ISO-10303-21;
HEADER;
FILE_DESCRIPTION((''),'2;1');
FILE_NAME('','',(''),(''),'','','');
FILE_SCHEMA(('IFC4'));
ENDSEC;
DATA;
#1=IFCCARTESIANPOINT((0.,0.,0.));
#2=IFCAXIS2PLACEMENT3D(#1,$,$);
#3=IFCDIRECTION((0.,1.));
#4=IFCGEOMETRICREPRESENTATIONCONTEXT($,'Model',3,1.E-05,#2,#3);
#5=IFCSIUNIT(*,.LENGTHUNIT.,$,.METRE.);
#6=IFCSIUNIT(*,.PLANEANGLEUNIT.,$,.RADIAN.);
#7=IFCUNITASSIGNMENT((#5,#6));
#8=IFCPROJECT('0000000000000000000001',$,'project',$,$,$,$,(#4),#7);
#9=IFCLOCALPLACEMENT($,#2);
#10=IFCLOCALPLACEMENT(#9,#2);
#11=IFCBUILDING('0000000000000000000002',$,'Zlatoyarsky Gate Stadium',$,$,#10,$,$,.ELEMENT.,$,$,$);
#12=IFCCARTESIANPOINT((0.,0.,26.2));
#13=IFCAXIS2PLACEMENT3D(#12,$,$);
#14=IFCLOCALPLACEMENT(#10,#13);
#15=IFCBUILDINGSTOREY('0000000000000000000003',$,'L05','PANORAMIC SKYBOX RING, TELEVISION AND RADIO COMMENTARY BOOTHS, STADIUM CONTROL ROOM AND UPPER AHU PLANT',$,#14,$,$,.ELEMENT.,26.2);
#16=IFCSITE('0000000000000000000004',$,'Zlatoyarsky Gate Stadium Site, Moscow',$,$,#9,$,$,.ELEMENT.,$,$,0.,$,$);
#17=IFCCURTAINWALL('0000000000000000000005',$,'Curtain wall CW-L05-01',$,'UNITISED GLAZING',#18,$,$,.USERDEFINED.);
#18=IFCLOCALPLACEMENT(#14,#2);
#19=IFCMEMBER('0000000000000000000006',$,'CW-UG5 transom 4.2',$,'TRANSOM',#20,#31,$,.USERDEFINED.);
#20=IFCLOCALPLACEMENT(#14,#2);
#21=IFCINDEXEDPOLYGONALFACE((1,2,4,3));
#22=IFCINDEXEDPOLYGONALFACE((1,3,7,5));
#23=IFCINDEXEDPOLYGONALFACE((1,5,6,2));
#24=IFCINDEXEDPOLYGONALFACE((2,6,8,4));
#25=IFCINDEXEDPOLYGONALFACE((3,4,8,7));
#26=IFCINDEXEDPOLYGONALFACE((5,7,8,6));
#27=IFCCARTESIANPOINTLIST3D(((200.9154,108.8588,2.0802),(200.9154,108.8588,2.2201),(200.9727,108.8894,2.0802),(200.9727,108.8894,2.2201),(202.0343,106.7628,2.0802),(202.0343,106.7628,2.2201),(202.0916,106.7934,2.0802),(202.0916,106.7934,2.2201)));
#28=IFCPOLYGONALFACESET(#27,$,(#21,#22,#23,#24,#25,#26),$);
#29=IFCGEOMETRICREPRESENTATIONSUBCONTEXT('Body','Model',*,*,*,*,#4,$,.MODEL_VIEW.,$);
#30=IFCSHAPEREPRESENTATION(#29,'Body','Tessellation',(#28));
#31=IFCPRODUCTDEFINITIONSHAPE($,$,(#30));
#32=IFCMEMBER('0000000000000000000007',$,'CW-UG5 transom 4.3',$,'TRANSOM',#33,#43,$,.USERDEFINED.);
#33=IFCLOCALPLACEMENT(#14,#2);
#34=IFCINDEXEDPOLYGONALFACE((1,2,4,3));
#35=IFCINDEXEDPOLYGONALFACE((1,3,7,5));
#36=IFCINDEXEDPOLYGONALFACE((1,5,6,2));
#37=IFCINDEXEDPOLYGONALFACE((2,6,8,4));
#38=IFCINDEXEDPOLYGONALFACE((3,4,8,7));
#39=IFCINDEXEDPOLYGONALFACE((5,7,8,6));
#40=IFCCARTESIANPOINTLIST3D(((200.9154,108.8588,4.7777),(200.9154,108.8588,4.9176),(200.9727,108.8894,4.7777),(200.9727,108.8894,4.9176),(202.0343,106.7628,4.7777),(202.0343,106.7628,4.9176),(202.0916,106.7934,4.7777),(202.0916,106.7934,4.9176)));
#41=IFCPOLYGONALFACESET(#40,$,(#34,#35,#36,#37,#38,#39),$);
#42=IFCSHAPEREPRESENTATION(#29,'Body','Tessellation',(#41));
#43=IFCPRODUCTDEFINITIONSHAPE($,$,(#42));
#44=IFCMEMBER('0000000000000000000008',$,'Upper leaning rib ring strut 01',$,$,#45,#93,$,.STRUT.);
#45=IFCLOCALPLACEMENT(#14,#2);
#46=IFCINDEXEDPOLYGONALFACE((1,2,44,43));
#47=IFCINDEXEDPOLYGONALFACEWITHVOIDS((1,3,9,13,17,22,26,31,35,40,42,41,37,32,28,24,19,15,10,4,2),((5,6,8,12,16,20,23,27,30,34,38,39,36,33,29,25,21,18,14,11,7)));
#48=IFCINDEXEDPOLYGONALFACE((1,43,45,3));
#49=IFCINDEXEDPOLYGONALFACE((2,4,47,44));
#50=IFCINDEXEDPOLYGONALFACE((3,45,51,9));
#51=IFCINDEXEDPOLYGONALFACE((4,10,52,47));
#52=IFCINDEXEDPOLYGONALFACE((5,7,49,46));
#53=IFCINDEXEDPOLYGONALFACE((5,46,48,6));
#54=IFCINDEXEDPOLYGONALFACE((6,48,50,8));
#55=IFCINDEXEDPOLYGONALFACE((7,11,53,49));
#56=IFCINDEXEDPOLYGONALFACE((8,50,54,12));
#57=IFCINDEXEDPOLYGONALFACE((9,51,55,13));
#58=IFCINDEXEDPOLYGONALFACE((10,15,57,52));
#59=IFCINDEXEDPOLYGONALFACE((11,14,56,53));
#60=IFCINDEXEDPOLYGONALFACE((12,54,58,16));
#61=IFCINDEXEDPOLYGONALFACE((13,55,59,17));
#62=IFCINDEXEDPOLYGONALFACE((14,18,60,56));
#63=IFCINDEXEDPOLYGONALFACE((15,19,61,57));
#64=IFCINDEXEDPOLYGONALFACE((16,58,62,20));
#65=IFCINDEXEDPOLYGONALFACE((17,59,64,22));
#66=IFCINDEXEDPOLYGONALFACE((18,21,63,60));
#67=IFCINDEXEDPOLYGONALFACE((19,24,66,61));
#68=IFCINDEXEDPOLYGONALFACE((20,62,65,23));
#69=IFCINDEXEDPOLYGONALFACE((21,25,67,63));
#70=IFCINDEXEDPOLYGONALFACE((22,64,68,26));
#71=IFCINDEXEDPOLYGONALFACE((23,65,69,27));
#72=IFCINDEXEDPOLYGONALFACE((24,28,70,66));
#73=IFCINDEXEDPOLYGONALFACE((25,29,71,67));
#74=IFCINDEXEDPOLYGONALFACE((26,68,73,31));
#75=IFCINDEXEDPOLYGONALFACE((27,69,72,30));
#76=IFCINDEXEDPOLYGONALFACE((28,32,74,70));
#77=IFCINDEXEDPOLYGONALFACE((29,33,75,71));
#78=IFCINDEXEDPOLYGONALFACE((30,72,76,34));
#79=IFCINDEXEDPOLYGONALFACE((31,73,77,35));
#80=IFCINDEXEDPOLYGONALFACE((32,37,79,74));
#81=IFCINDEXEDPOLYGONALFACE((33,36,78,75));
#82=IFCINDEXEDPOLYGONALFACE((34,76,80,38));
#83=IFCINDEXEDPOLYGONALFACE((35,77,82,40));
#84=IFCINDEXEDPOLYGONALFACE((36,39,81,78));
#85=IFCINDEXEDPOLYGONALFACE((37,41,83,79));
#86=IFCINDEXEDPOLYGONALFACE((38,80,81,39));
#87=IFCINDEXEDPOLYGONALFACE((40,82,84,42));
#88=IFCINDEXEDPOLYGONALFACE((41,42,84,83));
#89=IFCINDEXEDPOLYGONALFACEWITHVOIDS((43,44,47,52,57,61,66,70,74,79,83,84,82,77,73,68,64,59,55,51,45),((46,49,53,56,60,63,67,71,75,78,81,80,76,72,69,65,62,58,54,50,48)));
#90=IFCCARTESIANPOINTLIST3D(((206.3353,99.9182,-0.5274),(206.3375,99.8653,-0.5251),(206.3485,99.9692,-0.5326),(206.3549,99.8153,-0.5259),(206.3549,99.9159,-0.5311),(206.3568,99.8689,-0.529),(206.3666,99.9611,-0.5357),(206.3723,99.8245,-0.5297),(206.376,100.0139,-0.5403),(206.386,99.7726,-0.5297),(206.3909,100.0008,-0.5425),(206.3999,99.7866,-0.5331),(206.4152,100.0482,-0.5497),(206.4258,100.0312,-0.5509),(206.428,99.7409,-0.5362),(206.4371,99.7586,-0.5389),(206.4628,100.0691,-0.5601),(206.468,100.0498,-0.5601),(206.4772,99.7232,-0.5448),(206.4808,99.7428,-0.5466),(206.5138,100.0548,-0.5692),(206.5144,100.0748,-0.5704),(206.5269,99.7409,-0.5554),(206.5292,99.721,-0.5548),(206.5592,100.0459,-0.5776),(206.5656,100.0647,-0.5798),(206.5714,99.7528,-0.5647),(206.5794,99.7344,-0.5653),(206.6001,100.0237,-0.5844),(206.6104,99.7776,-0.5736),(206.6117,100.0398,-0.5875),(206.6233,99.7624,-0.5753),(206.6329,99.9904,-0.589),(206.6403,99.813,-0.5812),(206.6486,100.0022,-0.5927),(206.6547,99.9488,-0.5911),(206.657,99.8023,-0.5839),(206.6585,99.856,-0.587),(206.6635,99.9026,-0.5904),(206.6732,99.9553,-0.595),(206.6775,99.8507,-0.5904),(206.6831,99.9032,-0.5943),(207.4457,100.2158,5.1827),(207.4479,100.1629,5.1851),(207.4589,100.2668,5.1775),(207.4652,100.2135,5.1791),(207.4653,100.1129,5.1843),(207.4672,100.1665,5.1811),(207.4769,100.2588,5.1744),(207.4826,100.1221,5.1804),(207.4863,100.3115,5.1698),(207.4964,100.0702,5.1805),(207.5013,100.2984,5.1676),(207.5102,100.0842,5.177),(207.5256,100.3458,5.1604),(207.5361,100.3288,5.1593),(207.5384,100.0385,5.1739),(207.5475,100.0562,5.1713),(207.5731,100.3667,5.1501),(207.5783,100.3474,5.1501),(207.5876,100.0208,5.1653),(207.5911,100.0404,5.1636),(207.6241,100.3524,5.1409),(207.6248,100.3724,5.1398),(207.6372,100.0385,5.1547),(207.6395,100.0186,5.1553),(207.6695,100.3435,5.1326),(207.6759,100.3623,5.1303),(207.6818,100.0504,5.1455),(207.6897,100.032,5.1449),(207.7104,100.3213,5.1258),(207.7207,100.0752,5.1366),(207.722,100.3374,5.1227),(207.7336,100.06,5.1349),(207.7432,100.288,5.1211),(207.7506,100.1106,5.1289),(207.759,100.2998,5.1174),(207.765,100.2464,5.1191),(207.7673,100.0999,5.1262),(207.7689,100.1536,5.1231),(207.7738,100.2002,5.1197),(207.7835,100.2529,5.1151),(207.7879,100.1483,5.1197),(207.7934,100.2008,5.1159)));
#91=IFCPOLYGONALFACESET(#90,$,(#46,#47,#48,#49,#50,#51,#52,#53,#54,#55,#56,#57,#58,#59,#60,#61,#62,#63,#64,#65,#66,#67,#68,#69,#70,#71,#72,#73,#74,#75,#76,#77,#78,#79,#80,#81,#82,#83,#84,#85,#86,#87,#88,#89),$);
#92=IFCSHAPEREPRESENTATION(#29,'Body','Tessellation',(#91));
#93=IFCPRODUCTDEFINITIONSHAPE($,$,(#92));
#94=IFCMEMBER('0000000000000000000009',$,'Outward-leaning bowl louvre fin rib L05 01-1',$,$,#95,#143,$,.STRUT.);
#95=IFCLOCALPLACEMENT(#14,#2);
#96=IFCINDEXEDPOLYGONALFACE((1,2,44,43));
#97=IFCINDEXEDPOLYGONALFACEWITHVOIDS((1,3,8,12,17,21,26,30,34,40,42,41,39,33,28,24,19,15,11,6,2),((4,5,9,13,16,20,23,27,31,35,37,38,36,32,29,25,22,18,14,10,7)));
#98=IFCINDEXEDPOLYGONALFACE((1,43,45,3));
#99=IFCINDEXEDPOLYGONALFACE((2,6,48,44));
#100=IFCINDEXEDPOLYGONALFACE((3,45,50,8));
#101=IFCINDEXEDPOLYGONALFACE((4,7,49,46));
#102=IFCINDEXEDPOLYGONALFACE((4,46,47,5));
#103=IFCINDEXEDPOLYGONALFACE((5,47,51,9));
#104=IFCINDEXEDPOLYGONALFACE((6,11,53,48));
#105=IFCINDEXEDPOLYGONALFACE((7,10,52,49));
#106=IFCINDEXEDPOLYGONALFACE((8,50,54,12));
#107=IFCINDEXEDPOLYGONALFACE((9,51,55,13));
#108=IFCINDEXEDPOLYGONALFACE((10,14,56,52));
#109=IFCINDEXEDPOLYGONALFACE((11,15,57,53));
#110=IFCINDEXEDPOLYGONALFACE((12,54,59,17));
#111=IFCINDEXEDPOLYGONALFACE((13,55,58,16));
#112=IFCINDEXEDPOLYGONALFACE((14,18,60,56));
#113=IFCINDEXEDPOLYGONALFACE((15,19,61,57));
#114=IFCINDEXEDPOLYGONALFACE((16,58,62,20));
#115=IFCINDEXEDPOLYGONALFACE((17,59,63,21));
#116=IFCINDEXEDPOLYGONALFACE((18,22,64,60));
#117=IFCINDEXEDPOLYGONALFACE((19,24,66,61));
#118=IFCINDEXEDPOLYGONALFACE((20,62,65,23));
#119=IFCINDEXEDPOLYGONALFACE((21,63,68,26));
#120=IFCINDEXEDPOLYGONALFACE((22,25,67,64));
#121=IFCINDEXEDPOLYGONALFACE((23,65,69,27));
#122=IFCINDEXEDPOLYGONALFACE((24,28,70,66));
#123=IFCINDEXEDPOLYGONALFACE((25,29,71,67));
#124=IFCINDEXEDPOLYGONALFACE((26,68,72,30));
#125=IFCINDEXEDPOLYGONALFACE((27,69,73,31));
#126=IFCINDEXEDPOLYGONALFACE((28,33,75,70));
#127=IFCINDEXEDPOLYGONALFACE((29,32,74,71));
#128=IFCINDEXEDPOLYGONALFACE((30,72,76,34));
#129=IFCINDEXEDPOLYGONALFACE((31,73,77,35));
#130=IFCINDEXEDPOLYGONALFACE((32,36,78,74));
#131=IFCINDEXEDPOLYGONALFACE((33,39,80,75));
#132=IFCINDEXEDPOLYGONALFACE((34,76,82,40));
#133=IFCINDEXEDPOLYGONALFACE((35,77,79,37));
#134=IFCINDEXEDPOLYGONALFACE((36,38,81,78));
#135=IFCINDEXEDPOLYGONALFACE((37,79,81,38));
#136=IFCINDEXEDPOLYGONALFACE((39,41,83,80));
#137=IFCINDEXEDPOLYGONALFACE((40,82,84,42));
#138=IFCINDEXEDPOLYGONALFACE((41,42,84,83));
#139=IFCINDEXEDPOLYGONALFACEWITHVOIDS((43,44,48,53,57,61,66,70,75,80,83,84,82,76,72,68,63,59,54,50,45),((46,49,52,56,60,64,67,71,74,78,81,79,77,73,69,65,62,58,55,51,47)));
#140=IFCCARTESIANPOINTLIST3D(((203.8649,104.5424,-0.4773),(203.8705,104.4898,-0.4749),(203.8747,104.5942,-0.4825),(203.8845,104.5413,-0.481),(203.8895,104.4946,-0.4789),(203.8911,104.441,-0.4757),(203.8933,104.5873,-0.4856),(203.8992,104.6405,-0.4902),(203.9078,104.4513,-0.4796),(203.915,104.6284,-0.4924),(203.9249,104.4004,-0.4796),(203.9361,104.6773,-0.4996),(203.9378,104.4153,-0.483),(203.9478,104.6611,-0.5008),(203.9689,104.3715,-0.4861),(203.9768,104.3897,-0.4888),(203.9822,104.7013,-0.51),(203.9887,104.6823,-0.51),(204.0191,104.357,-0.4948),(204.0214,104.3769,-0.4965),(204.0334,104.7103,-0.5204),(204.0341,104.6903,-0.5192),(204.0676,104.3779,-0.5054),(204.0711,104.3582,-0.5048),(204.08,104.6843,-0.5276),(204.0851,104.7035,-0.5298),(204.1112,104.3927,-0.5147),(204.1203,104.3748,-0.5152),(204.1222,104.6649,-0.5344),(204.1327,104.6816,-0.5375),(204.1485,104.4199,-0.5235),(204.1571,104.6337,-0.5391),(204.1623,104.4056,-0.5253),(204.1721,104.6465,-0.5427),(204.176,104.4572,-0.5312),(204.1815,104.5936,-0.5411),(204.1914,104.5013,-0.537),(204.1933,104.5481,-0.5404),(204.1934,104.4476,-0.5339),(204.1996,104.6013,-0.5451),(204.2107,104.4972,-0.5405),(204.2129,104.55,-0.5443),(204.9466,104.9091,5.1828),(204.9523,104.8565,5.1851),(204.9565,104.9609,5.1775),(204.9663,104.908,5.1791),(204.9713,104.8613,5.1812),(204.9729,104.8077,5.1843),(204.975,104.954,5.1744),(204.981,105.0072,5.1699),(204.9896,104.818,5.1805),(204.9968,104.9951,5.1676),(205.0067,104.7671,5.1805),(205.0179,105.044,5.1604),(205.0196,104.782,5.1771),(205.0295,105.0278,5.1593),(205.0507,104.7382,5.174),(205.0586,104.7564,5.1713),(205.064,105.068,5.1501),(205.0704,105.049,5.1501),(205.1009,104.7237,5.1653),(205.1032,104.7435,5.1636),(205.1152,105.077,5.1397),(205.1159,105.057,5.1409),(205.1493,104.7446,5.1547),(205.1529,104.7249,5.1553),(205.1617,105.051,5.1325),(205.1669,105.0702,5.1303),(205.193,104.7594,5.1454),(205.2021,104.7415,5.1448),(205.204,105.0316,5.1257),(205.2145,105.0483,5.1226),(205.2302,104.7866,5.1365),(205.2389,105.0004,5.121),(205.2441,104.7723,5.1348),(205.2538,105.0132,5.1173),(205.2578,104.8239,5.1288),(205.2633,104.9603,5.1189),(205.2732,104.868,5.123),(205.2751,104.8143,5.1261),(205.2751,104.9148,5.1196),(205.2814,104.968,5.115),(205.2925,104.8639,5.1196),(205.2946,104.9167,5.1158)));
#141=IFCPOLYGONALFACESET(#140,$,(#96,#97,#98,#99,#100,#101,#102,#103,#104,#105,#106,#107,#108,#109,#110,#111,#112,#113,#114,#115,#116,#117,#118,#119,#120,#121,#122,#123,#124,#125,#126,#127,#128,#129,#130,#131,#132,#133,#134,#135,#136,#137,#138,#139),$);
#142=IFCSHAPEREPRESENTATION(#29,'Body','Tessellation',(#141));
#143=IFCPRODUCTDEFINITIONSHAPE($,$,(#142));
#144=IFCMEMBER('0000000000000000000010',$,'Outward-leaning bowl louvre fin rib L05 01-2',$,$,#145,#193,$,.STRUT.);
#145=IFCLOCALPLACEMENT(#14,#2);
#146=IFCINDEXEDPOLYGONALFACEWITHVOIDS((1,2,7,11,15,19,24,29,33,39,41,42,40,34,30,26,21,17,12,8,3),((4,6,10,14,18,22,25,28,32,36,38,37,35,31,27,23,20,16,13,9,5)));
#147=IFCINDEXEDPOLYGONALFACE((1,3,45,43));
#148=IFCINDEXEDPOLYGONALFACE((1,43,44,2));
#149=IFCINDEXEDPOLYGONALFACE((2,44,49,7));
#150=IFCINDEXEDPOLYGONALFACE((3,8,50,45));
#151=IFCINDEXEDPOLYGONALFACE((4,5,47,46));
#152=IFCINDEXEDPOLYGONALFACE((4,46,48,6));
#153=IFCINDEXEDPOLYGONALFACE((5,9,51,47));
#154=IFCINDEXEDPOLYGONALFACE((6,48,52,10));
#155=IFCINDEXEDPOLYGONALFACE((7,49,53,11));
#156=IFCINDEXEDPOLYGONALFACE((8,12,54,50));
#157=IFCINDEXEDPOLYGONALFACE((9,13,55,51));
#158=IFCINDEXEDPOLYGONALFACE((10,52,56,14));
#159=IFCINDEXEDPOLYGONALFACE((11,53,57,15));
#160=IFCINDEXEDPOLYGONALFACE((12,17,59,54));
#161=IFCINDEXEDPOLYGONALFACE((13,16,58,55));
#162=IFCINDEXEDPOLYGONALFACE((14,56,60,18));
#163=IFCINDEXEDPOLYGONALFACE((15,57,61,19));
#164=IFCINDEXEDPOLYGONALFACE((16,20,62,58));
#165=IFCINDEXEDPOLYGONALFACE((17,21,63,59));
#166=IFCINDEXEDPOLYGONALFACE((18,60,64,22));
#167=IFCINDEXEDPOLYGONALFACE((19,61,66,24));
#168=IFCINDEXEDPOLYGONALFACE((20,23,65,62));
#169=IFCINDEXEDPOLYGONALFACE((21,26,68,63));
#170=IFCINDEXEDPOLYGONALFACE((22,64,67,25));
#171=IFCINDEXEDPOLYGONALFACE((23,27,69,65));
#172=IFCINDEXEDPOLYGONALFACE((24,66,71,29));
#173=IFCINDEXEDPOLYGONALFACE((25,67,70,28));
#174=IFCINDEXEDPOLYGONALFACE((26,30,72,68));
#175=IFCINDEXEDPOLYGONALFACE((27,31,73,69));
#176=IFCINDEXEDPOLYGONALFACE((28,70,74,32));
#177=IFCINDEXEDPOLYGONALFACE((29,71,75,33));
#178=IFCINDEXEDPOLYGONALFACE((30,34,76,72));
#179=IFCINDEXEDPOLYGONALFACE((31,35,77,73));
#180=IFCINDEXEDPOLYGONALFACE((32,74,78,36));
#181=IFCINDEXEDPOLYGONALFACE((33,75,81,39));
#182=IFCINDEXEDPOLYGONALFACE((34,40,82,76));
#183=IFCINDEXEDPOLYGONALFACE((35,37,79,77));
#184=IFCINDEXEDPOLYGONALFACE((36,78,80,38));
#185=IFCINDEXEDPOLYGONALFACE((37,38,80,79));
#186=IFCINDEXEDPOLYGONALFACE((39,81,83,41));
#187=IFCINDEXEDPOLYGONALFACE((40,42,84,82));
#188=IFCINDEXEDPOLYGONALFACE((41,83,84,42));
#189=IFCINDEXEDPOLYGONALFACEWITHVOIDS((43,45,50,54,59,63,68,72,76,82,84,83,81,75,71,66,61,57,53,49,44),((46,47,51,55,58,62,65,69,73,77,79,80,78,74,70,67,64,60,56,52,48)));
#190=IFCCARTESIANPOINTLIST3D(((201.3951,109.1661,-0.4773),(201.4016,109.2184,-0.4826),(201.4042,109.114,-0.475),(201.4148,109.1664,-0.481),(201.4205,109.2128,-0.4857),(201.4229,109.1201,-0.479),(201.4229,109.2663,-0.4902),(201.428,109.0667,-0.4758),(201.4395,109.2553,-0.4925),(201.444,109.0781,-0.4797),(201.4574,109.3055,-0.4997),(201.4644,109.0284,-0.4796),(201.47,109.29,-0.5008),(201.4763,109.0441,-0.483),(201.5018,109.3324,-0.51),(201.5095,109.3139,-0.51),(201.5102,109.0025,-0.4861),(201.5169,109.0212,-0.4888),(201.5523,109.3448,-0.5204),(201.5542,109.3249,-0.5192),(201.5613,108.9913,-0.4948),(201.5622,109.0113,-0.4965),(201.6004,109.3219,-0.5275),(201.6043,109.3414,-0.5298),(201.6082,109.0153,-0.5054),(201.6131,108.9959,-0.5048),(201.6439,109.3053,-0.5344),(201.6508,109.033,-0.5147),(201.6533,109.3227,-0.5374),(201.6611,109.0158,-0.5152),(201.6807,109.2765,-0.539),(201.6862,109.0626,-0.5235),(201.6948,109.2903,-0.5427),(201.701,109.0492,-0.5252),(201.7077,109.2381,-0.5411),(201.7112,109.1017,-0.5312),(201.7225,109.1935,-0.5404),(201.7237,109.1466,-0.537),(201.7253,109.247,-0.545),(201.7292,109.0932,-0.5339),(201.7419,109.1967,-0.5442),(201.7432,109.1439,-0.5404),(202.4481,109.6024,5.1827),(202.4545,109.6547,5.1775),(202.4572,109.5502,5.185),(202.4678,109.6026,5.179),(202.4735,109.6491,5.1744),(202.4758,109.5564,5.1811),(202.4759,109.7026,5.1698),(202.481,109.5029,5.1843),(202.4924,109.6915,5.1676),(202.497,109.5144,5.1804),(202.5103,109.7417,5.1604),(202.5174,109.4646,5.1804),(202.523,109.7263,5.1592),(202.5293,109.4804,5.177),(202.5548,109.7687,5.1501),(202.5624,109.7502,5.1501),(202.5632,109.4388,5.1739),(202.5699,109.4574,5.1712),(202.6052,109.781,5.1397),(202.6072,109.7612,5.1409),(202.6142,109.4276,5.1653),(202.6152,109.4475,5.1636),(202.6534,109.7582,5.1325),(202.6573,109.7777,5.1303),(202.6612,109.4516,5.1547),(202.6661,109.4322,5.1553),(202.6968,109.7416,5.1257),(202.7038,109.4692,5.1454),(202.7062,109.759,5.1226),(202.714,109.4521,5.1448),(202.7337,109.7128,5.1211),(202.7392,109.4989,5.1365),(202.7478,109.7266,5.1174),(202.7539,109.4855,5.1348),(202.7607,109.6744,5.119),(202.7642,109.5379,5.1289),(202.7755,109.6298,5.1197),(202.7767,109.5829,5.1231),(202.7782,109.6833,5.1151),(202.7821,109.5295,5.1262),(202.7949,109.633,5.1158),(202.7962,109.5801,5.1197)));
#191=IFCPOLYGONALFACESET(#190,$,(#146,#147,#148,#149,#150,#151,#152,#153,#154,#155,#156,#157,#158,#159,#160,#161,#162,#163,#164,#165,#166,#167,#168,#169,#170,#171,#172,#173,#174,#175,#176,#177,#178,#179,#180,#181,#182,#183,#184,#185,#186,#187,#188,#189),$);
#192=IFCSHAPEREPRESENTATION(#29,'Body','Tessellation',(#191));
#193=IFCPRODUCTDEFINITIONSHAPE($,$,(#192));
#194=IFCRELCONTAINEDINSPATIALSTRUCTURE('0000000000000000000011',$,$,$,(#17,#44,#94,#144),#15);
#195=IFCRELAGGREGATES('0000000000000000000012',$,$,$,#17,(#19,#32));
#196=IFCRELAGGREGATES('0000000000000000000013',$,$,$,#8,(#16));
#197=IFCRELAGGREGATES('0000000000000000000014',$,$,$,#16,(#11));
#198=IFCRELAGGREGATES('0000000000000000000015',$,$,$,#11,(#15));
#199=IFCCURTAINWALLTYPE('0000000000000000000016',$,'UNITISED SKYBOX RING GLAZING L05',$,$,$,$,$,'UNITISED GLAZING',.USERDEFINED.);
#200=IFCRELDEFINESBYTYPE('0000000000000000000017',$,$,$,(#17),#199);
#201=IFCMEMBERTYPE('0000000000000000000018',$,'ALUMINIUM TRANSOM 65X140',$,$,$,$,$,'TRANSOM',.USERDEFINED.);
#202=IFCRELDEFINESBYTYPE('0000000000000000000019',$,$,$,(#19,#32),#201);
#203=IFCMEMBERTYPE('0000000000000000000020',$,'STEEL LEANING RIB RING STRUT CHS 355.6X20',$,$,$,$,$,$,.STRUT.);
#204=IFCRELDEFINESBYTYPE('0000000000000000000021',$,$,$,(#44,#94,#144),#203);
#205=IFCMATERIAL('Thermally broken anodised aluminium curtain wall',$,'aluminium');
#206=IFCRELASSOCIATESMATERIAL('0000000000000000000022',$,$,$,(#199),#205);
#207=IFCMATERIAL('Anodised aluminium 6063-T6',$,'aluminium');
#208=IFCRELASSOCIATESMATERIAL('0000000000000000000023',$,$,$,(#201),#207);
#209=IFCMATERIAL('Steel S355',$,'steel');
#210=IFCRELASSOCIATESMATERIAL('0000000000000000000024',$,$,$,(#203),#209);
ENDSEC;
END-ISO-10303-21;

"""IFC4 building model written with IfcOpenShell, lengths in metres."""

from ifc_helpers import new_model, si_unit, direction, frame, origin, origin_2d, place, context, subcontext, project, spatial, rectangle, hollow_circle, extrude, material, material_profile, profile_set, type_object, element, aggregate, save


model = new_model("IFC4")

# Units and contexts
model_context = context("Model", 3, precision=1e-05, world=origin(), true_north=direction((0.0, 1.0)))
body_context = subcontext(model_context, "Body", "Model", "MODEL_VIEW")
ifc_project = project(units=[si_unit("LENGTHUNIT", "METRE"), si_unit("PLANEANGLEUNIT", "RADIAN")], contexts=[model_context])

# Site, building, storey
site_placement = place(None, origin())
site = spatial("IfcSite", under=ifc_project, at=site_placement, Name="Zlatoyarsky Gate Stadium Site, Moscow", CompositionType="ELEMENT", RefElevation=0.0)
building_placement = place(site_placement, origin())
building = spatial("IfcBuilding", under=site, at=building_placement, Name="Zlatoyarsky Gate Stadium", CompositionType="ELEMENT")
storey_placement = place(building_placement, frame((0.0, 0.0, 26.2)))
storey = spatial("IfcBuildingStorey", under=building, at=storey_placement, Name="L05", Description="PANORAMIC SKYBOX RING, TELEVISION AND RADIO COMMENTARY BOOTHS, STADIUM CONTROL ROOM AND UPPER AHU PLANT", CompositionType="ELEMENT", Elevation=26.2)

# Curtain wall, members
ifc_material_1 = material(Name="Thermally broken anodised aluminium curtain wall", Category="aluminium")
curtain_wall_type = type_object("IfcCurtainWallType", Name="UNITISED SKYBOX RING GLAZING L05", ElementType="UNITISED GLAZING", PredefinedType="USERDEFINED", material=ifc_material_1)
curtain_wall_placement = place(storey_placement, origin())
curtain_wall = element("IfcCurtainWall", 1, at=curtain_wall_placement, inside=storey, type_object=curtain_wall_type, Name="Curtain wall CW-L05-01", ObjectType="UNITISED GLAZING", PredefinedType="USERDEFINED")
ifc_material_2 = material(Name="Anodised aluminium 6063-T6", Category="aluminium")
ifc_material_profile_1 = material_profile(ifc_material_2, rectangle(XDim=0.0649, YDim=0.1399, at=origin_2d()), Name="ALU 65X140")
ifc_profile_set_1 = profile_set([ifc_material_profile_1], Name="Anodised aluminium 6063-T6")
member_type_1 = type_object("IfcMemberType", Name="ALUMINIUM TRANSOM 65X140", ElementType="TRANSOM", PredefinedType="USERDEFINED", material=ifc_profile_set_1)
member_1_placement = place(storey_placement, frame((202.063, 106.7781, 2.1501), z_axis=(-0.470935, 0.882168, 0.0), x_axis=(-0.882168, -0.470935, 0.0)))
member_1 = element("IfcMember", 2, at=member_1_placement, type_object=member_type_1, Name="CW-UG5 transom 4.2", ObjectType="TRANSOM", PredefinedType="USERDEFINED", context=body_context, shape_type="SweptSolid", body=[
    extrude(rectangle(XDim=0.0649, YDim=0.1399, at=origin_2d()), origin(), (0.0, 0.0, 1.0), 2.376),
])
member_2_placement = place(storey_placement, frame((202.063, 106.7781, 4.8477), z_axis=(-0.470935, 0.882168, 0.0), x_axis=(-0.882168, -0.470935, 0.0)))
member_2 = element("IfcMember", 3, at=member_2_placement, type_object=member_type_1, Name="CW-UG5 transom 4.3", ObjectType="TRANSOM", PredefinedType="USERDEFINED", context=body_context, shape_type="SweptSolid", body=[
    extrude(rectangle(XDim=0.0649, YDim=0.1399, at=origin_2d()), origin(), (0.0, 0.0, 1.0), 2.376),
])

# Members
ifc_material_3 = material(Name="Steel S355", Category="steel")
ifc_material_profile_2 = material_profile(ifc_material_3, hollow_circle(Radius=0.1777, WallThickness=0.02, at=origin_2d()), Name="CHS 355.6X20")
ifc_profile_set_2 = profile_set([ifc_material_profile_2], Name="Steel S355")
member_type_2 = type_object("IfcMemberType", Name="STEEL LEANING RIB RING STRUT CHS 355.6X20", PredefinedType="STRUT", material=ifc_profile_set_2)
member_3_placement = place(storey_placement, frame((206.5088, 99.8975, -0.5601), z_axis=(0.190626, 0.051093, 0.980332), x_axis=(-0.258892, 0.965906, 0.0)))
element("IfcMember", 4, at=member_3_placement, inside=storey, type_object=member_type_2, Name="Upper leaning rib ring strut 01", PredefinedType="STRUT", context=body_context, shape_type="SweptSolid", body=[
    extrude(hollow_circle(Radius=0.1777, WallThickness=0.02, at=origin_2d()), origin(), (0.0, 0.0, 1.0), 5.8247),
])
member_4_placement = place(storey_placement, frame((204.0393, 104.533, -0.51), z_axis=(0.187346, 0.063506, 0.980239), x_axis=(-0.321033, 0.947068, 0.0)))
element("IfcMember", 5, at=member_4_placement, inside=storey, type_object=member_type_2, Name="Outward-leaning bowl louvre fin rib L05 01-1", PredefinedType="STRUT", context=body_context, shape_type="SweptSolid", body=[
    extrude(hollow_circle(Radius=0.1777, WallThickness=0.02, at=origin_2d()), origin(), (0.0, 0.0, 1.0), 5.7742),
])
member_5_placement = place(storey_placement, frame((201.5698, 109.1682, -0.51), z_axis=(0.182373, 0.075562, 0.980322), x_axis=(-0.382774, 0.923842, 0.0)))
element("IfcMember", 6, at=member_5_placement, inside=storey, type_object=member_type_2, Name="Outward-leaning bowl louvre fin rib L05 01-2", PredefinedType="STRUT", context=body_context, shape_type="SweptSolid", body=[
    extrude(hollow_circle(Radius=0.1777, WallThickness=0.02, at=origin_2d()), origin(), (0.0, 0.0, 1.0), 5.7737),
])

aggregate(curtain_wall, [member_1, member_2])

save(model, "model.ifc")
